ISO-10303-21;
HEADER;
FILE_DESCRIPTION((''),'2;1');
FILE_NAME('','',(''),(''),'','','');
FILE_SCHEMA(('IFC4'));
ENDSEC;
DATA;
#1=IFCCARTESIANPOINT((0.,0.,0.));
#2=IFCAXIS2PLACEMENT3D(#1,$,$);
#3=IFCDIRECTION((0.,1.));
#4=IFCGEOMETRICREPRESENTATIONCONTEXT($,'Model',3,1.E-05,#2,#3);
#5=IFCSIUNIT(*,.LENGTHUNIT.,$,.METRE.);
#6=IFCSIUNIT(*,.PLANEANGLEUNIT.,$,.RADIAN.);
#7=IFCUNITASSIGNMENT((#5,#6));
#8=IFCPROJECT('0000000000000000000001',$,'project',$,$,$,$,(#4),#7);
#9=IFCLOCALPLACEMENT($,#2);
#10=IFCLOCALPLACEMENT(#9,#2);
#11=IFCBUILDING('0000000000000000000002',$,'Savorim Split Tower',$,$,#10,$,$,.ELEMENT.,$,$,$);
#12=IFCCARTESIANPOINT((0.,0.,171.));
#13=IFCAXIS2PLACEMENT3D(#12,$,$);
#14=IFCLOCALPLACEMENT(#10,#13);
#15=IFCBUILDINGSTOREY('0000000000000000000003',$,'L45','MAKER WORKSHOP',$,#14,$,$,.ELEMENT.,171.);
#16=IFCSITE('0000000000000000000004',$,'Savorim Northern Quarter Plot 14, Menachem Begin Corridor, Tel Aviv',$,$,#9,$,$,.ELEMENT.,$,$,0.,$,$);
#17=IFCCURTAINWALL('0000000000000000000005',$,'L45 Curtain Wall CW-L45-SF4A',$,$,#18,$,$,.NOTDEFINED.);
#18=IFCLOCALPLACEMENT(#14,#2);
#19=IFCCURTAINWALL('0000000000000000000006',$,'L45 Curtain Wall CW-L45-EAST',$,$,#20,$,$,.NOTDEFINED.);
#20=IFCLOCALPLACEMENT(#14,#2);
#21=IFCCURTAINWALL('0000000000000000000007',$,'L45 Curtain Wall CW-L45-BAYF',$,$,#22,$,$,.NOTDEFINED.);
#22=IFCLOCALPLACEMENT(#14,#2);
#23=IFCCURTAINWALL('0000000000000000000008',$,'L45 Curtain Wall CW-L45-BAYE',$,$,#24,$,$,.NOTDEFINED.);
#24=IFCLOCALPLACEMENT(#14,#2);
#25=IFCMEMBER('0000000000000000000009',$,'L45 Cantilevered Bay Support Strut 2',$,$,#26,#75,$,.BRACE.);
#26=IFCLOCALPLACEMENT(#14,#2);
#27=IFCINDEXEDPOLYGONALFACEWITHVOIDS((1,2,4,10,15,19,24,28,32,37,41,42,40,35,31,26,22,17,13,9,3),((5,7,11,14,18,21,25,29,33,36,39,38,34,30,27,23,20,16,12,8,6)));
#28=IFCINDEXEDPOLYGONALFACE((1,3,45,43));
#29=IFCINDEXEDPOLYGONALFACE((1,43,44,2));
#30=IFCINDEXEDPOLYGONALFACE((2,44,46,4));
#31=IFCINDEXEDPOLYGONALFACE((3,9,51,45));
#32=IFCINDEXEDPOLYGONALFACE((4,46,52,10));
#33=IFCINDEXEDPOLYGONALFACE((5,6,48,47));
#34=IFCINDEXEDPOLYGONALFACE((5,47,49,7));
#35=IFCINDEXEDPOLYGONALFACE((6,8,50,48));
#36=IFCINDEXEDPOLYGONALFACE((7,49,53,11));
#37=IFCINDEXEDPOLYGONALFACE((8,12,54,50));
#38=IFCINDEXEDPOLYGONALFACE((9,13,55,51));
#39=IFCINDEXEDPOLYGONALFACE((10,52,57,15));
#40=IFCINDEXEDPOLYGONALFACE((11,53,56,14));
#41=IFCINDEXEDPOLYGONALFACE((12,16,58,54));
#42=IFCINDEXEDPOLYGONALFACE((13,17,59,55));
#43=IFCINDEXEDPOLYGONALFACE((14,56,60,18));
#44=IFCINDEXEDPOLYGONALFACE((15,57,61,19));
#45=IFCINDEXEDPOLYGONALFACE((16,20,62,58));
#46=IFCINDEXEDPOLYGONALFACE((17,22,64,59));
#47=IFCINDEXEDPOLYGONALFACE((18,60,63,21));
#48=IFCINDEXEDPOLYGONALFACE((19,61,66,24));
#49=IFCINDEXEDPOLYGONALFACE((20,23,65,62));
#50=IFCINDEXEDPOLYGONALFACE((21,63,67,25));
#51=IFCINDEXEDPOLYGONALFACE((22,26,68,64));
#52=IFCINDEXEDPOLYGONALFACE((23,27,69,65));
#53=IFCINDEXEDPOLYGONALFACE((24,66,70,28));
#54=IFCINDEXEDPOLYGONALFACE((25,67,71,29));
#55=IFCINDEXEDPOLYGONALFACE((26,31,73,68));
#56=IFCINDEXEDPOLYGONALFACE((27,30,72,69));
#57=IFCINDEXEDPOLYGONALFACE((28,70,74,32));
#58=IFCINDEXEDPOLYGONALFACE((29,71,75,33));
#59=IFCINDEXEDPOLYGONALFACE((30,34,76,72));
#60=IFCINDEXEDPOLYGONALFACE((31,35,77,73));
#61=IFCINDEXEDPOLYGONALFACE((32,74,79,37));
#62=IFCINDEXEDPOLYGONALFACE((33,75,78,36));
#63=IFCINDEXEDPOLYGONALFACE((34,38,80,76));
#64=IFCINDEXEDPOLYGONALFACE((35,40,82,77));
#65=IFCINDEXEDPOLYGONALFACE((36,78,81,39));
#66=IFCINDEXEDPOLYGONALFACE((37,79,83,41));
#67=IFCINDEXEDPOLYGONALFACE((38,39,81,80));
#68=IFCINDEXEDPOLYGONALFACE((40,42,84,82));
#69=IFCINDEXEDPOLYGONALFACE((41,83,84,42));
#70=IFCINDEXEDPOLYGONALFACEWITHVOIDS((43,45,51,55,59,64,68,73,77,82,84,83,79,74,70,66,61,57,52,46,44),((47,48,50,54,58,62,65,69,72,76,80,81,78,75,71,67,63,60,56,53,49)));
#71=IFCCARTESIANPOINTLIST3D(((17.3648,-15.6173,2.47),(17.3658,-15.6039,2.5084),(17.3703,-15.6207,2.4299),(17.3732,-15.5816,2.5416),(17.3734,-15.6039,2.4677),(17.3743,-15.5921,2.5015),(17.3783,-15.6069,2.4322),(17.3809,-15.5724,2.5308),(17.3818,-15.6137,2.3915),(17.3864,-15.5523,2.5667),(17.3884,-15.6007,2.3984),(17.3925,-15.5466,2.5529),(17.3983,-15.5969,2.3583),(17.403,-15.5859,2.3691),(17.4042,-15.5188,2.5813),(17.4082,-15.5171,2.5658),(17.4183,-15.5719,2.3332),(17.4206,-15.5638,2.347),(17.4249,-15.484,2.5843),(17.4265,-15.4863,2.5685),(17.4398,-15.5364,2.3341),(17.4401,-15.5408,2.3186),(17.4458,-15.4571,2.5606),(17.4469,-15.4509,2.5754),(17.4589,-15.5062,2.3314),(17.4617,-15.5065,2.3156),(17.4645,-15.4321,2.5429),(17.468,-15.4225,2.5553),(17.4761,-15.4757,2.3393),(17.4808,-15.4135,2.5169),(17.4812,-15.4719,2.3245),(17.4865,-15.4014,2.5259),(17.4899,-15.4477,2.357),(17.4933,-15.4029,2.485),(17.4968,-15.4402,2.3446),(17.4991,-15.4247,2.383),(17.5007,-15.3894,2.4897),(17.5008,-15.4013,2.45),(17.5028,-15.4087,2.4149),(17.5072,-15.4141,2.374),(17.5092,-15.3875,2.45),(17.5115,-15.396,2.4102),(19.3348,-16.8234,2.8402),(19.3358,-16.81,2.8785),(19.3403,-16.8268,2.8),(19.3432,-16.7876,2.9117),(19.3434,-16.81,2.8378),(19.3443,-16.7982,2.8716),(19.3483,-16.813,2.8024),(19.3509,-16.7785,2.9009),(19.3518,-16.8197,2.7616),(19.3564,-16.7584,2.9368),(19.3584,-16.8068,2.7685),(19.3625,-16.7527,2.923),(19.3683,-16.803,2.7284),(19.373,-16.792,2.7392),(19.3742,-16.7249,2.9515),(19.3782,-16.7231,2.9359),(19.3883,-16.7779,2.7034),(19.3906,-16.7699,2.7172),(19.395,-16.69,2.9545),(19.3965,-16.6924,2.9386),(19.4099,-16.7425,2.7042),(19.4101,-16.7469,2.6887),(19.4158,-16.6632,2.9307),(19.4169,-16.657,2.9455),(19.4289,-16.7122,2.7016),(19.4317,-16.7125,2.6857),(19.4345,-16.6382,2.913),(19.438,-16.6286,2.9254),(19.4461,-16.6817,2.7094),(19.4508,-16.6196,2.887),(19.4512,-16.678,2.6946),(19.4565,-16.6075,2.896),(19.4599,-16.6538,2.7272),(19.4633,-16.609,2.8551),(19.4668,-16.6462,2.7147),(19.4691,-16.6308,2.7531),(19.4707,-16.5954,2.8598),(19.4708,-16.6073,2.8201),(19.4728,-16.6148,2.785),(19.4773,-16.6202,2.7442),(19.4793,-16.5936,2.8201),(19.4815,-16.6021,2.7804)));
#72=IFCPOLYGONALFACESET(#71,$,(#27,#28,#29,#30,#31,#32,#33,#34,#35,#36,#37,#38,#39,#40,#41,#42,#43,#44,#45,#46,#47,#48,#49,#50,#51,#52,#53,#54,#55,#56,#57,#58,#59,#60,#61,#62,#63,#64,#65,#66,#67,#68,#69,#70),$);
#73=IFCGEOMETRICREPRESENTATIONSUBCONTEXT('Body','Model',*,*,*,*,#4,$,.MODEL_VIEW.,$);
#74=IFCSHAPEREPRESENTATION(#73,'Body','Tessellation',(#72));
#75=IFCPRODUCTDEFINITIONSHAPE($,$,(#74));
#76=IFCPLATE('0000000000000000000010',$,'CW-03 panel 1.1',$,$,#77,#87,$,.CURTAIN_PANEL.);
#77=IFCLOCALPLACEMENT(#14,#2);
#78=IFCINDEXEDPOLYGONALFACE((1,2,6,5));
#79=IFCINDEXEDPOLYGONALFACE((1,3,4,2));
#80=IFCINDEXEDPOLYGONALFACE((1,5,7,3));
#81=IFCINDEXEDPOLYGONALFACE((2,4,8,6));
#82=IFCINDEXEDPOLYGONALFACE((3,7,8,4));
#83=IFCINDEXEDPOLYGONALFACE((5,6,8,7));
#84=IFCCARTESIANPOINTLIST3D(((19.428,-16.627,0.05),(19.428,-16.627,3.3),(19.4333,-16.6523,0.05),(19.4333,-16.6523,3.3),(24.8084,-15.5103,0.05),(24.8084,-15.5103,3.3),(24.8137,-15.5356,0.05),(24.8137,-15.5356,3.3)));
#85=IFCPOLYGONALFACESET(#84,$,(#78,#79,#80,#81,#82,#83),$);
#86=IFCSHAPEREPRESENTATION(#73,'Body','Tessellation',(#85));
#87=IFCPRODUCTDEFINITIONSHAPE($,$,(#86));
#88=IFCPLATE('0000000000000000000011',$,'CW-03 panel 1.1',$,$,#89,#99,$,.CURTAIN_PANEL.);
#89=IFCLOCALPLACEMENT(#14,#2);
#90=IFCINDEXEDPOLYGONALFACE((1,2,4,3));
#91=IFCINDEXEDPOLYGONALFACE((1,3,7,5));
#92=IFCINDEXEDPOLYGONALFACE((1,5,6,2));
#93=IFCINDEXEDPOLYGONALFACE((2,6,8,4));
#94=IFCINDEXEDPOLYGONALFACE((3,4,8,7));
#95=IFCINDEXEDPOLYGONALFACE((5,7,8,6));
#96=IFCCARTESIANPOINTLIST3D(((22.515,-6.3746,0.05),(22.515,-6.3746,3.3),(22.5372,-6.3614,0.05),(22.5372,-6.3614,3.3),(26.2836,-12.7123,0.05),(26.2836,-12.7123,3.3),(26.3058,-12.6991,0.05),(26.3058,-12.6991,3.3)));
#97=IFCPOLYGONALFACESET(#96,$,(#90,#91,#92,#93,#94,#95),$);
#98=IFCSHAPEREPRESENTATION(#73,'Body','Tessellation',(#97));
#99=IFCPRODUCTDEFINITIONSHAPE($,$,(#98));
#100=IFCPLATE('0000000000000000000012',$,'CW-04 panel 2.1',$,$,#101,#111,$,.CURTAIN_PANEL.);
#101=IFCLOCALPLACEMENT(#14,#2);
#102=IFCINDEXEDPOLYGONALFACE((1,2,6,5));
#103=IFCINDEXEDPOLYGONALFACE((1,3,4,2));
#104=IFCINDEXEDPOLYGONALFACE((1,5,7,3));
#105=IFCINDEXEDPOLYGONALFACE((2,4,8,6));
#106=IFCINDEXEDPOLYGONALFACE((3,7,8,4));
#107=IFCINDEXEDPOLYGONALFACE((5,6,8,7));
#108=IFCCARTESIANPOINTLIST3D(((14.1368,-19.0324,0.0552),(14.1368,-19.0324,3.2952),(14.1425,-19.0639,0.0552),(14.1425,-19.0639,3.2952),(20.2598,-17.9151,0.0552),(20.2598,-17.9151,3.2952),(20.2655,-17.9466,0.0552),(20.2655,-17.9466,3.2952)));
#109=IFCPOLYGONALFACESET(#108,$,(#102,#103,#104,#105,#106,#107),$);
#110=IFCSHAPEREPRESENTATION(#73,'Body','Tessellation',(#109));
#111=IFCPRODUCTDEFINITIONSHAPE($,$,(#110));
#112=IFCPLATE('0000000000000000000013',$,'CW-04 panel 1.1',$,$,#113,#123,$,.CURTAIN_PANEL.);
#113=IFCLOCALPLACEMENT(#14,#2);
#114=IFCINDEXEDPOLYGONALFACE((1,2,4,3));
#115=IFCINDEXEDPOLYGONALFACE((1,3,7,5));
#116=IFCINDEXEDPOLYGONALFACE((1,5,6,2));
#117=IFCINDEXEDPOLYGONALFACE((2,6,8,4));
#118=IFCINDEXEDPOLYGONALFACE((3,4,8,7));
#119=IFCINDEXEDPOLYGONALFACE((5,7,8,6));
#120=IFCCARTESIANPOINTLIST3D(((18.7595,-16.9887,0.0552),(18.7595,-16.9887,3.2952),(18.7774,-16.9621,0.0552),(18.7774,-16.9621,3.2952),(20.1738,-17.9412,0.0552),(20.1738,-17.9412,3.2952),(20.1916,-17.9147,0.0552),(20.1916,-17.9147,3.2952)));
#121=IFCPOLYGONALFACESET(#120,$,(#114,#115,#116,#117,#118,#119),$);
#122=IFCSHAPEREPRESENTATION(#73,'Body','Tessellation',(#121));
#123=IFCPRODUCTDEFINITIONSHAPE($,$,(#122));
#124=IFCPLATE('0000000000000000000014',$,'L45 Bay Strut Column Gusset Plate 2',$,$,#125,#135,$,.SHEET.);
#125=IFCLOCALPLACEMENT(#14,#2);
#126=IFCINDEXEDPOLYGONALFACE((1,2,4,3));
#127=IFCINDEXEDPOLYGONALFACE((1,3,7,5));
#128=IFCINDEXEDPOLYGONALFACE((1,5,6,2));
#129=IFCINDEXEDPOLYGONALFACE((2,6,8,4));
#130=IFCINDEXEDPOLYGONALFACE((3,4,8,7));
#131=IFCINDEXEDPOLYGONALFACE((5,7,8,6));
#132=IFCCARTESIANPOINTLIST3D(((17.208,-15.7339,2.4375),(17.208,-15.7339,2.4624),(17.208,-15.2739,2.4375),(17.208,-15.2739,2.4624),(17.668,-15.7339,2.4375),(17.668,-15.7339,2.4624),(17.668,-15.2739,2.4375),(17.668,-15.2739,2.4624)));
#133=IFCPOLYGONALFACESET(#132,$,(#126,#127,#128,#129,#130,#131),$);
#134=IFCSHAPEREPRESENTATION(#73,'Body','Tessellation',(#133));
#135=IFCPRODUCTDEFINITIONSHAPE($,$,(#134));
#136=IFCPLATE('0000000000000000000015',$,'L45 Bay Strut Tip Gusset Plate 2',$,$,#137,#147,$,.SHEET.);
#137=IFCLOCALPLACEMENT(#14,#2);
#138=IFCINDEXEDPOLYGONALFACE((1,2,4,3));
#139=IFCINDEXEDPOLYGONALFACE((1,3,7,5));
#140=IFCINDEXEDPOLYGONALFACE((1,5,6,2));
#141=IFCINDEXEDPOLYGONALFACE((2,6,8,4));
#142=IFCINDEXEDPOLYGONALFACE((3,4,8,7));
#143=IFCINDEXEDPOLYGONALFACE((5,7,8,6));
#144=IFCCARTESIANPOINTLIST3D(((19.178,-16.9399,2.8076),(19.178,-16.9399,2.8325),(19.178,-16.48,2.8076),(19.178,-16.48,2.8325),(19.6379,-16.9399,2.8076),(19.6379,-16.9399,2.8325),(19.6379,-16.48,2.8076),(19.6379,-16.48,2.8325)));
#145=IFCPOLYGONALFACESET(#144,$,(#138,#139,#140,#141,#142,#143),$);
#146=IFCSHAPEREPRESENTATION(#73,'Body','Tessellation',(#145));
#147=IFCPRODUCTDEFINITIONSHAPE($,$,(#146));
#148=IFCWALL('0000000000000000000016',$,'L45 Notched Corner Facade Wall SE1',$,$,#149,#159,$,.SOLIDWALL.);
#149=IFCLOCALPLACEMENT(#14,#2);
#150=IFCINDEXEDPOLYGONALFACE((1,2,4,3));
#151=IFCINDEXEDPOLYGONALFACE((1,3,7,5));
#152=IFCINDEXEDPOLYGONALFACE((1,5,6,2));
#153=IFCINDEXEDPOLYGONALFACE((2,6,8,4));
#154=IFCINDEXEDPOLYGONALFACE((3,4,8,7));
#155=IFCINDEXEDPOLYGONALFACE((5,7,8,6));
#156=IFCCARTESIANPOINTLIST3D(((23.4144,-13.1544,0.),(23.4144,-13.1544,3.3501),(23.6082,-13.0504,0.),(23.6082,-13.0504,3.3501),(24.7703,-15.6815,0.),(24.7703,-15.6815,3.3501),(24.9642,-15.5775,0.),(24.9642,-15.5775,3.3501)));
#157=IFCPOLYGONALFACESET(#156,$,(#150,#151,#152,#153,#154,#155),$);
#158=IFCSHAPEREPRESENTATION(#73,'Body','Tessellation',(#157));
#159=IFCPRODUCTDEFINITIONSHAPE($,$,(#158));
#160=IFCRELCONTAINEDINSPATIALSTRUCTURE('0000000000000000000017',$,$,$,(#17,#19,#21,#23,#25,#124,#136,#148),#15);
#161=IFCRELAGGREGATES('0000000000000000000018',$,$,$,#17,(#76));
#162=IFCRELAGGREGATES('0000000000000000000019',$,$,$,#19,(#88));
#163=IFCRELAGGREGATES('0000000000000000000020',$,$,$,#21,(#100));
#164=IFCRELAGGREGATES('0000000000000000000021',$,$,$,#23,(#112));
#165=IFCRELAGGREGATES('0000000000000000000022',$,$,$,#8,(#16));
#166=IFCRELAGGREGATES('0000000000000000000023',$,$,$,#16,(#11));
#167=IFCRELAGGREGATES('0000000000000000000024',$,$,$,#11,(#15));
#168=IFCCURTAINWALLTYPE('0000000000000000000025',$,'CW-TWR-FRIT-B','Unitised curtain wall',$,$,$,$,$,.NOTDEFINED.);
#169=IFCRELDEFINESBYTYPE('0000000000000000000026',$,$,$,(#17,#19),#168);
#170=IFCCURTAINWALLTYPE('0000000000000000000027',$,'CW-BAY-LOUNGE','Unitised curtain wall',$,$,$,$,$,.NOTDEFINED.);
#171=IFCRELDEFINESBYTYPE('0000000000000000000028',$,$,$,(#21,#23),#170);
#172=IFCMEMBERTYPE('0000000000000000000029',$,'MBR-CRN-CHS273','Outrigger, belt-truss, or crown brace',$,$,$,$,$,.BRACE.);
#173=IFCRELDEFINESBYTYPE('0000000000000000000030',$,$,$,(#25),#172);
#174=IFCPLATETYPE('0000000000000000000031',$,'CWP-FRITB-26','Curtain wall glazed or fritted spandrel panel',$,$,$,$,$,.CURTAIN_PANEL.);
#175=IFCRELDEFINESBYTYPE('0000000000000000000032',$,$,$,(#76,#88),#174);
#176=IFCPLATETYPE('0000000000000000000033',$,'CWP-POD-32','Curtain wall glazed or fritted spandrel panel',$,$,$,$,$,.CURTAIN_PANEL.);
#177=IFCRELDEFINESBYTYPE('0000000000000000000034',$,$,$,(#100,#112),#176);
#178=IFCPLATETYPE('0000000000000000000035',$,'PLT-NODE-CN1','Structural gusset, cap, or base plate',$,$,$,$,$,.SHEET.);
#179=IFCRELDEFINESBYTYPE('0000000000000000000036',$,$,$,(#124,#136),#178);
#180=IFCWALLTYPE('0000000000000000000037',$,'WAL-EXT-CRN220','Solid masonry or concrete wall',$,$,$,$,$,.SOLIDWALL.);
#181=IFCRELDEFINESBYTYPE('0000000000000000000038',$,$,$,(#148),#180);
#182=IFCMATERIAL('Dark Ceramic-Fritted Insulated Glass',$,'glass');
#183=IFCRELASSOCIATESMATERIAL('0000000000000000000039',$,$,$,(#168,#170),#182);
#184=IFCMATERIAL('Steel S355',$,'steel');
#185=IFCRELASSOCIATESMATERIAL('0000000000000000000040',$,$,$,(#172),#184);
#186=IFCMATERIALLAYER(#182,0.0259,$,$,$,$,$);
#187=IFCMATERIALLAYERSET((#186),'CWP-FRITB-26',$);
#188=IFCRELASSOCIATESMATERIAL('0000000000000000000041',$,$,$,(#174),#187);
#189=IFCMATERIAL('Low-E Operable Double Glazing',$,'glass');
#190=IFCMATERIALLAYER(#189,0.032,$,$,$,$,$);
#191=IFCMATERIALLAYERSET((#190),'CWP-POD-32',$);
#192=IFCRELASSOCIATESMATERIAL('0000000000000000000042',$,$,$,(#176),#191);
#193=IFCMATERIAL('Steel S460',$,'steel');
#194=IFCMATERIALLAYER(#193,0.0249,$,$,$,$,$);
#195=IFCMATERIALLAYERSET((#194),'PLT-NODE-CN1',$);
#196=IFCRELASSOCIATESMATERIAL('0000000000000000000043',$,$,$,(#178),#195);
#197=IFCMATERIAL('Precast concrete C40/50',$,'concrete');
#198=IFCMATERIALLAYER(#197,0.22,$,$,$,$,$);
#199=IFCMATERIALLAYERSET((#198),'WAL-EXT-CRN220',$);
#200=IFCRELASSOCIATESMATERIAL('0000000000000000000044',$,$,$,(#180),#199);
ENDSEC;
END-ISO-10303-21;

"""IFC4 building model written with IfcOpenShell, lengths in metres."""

from ifc_helpers import new_model, si_unit, direction, frame, frame_2d, origin, origin_2d, place, context, subcontext, project, spatial, rectangle, hollow_circle, extrude, material, layer, layer_set, material_profile, profile_set, type_object, element, aggregate, save


model = new_model("IFC4")

# Units and contexts
model_context = context("Model", 3, precision=1e-05, world=origin(), true_north=direction((0.0, 1.0)))
body_context = subcontext(model_context, "Body", "Model", "MODEL_VIEW")
ifc_project = project(units=[si_unit("LENGTHUNIT", "METRE"), si_unit("PLANEANGLEUNIT", "RADIAN")], contexts=[model_context])

# Site, building, storey
site_placement = place(None, origin())
site = spatial("IfcSite", under=ifc_project, at=site_placement, Name="Savorim Northern Quarter Plot 14, Menachem Begin Corridor, Tel Aviv", CompositionType="ELEMENT", RefElevation=0.0)
building_placement = place(site_placement, origin())
building = spatial("IfcBuilding", under=site, at=building_placement, Name="Savorim Split Tower", CompositionType="ELEMENT")
storey_placement = place(building_placement, frame((0.0, 0.0, 171.0)))
storey = spatial("IfcBuildingStorey", under=building, at=storey_placement, Name="L45", Description="MAKER WORKSHOP", CompositionType="ELEMENT", Elevation=171.0)

# Shared definitions
ifc_material_1 = material(Name="Steel S460", Category="steel")

# Shared definitions
ifc_material_2 = material(Name="Steel S355", Category="steel")

# Curtain wall
ifc_material_3 = material(Name="Dark Ceramic-Fritted Insulated Glass", Category="glass")
curtain_wall_type_1 = type_object("IfcCurtainWallType", Name="CW-TWR-FRIT-B", Description="Unitised curtain wall", PredefinedType="NOTDEFINED", material=ifc_material_3)
curtain_wall_1_placement = place(storey_placement, origin())
curtain_wall_1 = element("IfcCurtainWall", 1, at=curtain_wall_1_placement, inside=storey, type_object=curtain_wall_type_1, Name="L45 Curtain Wall CW-L45-SF4A", PredefinedType="NOTDEFINED")

# Curtain wall
curtain_wall_2_placement = place(storey_placement, origin())
curtain_wall_2 = element("IfcCurtainWall", 2, at=curtain_wall_2_placement, inside=storey, type_object=curtain_wall_type_1, Name="L45 Curtain Wall CW-L45-EAST", PredefinedType="NOTDEFINED")

# Curtain walls
curtain_wall_type_2 = type_object("IfcCurtainWallType", Name="CW-BAY-LOUNGE", Description="Unitised curtain wall", PredefinedType="NOTDEFINED", material=ifc_material_3)
curtain_wall_3_placement = place(storey_placement, origin())
curtain_wall_3 = element("IfcCurtainWall", 3, at=curtain_wall_3_placement, inside=storey, type_object=curtain_wall_type_2, Name="L45 Curtain Wall CW-L45-BAYF", PredefinedType="NOTDEFINED")
curtain_wall_4_placement = place(storey_placement, origin())
curtain_wall_4 = element("IfcCurtainWall", 4, at=curtain_wall_4_placement, inside=storey, type_object=curtain_wall_type_2, Name="L45 Curtain Wall CW-L45-BAYE", PredefinedType="NOTDEFINED")

# Member
ifc_material_profile_1 = material_profile(ifc_material_2, hollow_circle(Radius=0.1365, WallThickness=0.0161, at=origin_2d()), Name="CHS 273x16")
ifc_profile_set_1 = profile_set([ifc_material_profile_1], Name="Steel S355")
member_type_1 = type_object("IfcMemberType", Name="MBR-CRN-CHS273", Description="Outrigger, belt-truss, or crown brace", PredefinedType="BRACE", material=ifc_profile_set_1)
member_1_placement = place(storey_placement, frame((17.438, -15.5039, 2.45), z_axis=(0.842119, -0.515562, 0.158217), x_axis=(0.522138, 0.852861, 0.0)))
element("IfcMember", 5, at=member_1_placement, inside=storey, type_object=member_type_1, Name="L45 Cantilevered Bay Support Strut 2", PredefinedType="BRACE", context=body_context, shape_type="SweptSolid", body=[
    extrude(hollow_circle(Radius=0.1365, WallThickness=0.0161, at=origin_2d()), origin(), (0.0, 0.0, 1.0), 2.3394),
])

# Plates
ifc_layer_1 = layer(ifc_material_3, 0.0259)
ifc_layer_set_1 = layer_set([ifc_layer_1], Name="CWP-FRITB-26")
plate_type_1 = type_object("IfcPlateType", Name="CWP-FRITB-26", Description="Curtain wall glazed or fritted spandrel panel", PredefinedType="CURTAIN_PANEL", material=ifc_layer_set_1)
plate_1_placement = place(storey_placement, frame((22.1208, -16.0813, 0.05), z_axis=(0.0, 0.0, 1.0), x_axis=(0.979133, 0.203221, 0.0)))
plate_1 = element("IfcPlate", 6, at=plate_1_placement, type_object=plate_type_1, Name="CW-03 panel 1.1", PredefinedType="CURTAIN_PANEL", context=body_context, shape_type="SweptSolid", body=[
    extrude(rectangle(XDim=5.4951, YDim=0.0259, at=origin_2d()), origin(), (0.0, 0.0, 1.0), 3.25),
])
aggregate(curtain_wall_1, [plate_1])
plate_2_placement = place(storey_placement, frame((24.4104, -9.5369, 0.05), z_axis=(0.0, 0.0, 1.0), x_axis=(-0.511094, 0.859525, 0.0)))
plate_2 = element("IfcPlate", 7, at=plate_2_placement, type_object=plate_type_1, Name="CW-03 panel 1.1", PredefinedType="CURTAIN_PANEL", context=body_context, shape_type="SweptSolid", body=[
    extrude(rectangle(XDim=7.3735, YDim=0.0259, at=origin_2d()), origin(), (0.0, 0.0, 1.0), 3.25),
])
aggregate(curtain_wall_2, [plate_2])
ifc_material_4 = material(Name="Low-E Operable Double Glazing", Category="glass")
ifc_layer_2 = layer(ifc_material_4, 0.032)
ifc_layer_set_2 = layer_set([ifc_layer_2], Name="CWP-POD-32")
plate_type_2 = type_object("IfcPlateType", Name="CWP-POD-32", Description="Curtain wall glazed or fritted spandrel panel", PredefinedType="CURTAIN_PANEL", material=ifc_layer_set_2)
plate_3_placement = place(storey_placement, frame((17.2012, -18.4895, 0.0552), z_axis=(0.0, 0.0, 1.0), x_axis=(0.983755, 0.179518, 0.0)))
plate_3 = element("IfcPlate", 8, at=plate_3_placement, type_object=plate_type_2, Name="CW-04 panel 2.1", PredefinedType="CURTAIN_PANEL", context=body_context, shape_type="SweptSolid", body=[
    extrude(rectangle(XDim=6.2241, YDim=0.032, at=origin_2d()), origin(), (0.0, 0.0, 1.0), 3.24),
])
aggregate(curtain_wall_3, [plate_3])
plate_4_placement = place(storey_placement, frame((19.4756, -17.4517, 0.0552), z_axis=(0.0, 0.0, 1.0), x_axis=(-0.829417, 0.55863, 0.0)))
plate_4 = element("IfcPlate", 9, at=plate_4_placement, type_object=plate_type_2, Name="CW-04 panel 1.1", PredefinedType="CURTAIN_PANEL", context=body_context, shape_type="SweptSolid", body=[
    extrude(rectangle(XDim=1.7051, YDim=0.032, at=origin_2d()), origin(), (0.0, 0.0, 1.0), 3.24),
])
aggregate(curtain_wall_4, [plate_4])

# Plates
ifc_layer_3 = layer(ifc_material_1, 0.0249)
ifc_layer_set_3 = layer_set([ifc_layer_3], Name="PLT-NODE-CN1")
plate_type_3 = type_object("IfcPlateType", Name="PLT-NODE-CN1", Description="Structural gusset, cap, or base plate", PredefinedType="SHEET", material=ifc_layer_set_3)
for number, where, z_axis, x_axis, name in (
    (10, (17.438, -15.5039, 2.4375), (0.0, 0.0, 1.0), (1.0, 0.0, 0.0), "L45 Bay Strut Column Gusset Plate 2"),
    (11, (19.408, -16.71, 2.8076), (0.0, 0.0, 1.0), (1.0, 0.0, 0.0), "L45 Bay Strut Tip Gusset Plate 2"),
):
    element("IfcPlate", number, at=place(storey_placement, frame(where, z_axis=z_axis, x_axis=x_axis)), inside=storey, type_object=plate_type_3, Name=name, PredefinedType="SHEET", context=body_context, shape_type="SweptSolid", body=[
        extrude(rectangle(XDim=0.46, YDim=0.46, at=origin_2d()), origin(), (0.0, 0.0, 1.0), 0.0249),
    ])

# Wall
ifc_material_5 = material(Name="Precast concrete C40/50", Category="concrete")
ifc_layer_4 = layer(ifc_material_5, 0.22)
ifc_layer_set_4 = layer_set([ifc_layer_4], Name="WAL-EXT-CRN220")
wall_type = type_object("IfcWallType", Name="WAL-EXT-CRN220", Description="Solid masonry or concrete wall", PredefinedType="SOLIDWALL", material=ifc_layer_set_4)
wall_1_placement = place(storey_placement, frame((23.5112, -13.1023, 0.0), z_axis=(0.0, 0.0, 1.0), x_axis=(0.472805, -0.881167, 0.0)))
element("IfcWall", 12, at=wall_1_placement, inside=storey, type_object=wall_type, Name="L45 Notched Corner Facade Wall SE1", PredefinedType="SOLIDWALL", context=body_context, shape_type="SweptSolid", body=[
    extrude(rectangle(XDim=2.8679, YDim=0.22, at=frame_2d((1.4341, 0.0))), origin(), (0.0, 0.0, 1.0), 3.3501),
])

save(model, "model.ifc")
